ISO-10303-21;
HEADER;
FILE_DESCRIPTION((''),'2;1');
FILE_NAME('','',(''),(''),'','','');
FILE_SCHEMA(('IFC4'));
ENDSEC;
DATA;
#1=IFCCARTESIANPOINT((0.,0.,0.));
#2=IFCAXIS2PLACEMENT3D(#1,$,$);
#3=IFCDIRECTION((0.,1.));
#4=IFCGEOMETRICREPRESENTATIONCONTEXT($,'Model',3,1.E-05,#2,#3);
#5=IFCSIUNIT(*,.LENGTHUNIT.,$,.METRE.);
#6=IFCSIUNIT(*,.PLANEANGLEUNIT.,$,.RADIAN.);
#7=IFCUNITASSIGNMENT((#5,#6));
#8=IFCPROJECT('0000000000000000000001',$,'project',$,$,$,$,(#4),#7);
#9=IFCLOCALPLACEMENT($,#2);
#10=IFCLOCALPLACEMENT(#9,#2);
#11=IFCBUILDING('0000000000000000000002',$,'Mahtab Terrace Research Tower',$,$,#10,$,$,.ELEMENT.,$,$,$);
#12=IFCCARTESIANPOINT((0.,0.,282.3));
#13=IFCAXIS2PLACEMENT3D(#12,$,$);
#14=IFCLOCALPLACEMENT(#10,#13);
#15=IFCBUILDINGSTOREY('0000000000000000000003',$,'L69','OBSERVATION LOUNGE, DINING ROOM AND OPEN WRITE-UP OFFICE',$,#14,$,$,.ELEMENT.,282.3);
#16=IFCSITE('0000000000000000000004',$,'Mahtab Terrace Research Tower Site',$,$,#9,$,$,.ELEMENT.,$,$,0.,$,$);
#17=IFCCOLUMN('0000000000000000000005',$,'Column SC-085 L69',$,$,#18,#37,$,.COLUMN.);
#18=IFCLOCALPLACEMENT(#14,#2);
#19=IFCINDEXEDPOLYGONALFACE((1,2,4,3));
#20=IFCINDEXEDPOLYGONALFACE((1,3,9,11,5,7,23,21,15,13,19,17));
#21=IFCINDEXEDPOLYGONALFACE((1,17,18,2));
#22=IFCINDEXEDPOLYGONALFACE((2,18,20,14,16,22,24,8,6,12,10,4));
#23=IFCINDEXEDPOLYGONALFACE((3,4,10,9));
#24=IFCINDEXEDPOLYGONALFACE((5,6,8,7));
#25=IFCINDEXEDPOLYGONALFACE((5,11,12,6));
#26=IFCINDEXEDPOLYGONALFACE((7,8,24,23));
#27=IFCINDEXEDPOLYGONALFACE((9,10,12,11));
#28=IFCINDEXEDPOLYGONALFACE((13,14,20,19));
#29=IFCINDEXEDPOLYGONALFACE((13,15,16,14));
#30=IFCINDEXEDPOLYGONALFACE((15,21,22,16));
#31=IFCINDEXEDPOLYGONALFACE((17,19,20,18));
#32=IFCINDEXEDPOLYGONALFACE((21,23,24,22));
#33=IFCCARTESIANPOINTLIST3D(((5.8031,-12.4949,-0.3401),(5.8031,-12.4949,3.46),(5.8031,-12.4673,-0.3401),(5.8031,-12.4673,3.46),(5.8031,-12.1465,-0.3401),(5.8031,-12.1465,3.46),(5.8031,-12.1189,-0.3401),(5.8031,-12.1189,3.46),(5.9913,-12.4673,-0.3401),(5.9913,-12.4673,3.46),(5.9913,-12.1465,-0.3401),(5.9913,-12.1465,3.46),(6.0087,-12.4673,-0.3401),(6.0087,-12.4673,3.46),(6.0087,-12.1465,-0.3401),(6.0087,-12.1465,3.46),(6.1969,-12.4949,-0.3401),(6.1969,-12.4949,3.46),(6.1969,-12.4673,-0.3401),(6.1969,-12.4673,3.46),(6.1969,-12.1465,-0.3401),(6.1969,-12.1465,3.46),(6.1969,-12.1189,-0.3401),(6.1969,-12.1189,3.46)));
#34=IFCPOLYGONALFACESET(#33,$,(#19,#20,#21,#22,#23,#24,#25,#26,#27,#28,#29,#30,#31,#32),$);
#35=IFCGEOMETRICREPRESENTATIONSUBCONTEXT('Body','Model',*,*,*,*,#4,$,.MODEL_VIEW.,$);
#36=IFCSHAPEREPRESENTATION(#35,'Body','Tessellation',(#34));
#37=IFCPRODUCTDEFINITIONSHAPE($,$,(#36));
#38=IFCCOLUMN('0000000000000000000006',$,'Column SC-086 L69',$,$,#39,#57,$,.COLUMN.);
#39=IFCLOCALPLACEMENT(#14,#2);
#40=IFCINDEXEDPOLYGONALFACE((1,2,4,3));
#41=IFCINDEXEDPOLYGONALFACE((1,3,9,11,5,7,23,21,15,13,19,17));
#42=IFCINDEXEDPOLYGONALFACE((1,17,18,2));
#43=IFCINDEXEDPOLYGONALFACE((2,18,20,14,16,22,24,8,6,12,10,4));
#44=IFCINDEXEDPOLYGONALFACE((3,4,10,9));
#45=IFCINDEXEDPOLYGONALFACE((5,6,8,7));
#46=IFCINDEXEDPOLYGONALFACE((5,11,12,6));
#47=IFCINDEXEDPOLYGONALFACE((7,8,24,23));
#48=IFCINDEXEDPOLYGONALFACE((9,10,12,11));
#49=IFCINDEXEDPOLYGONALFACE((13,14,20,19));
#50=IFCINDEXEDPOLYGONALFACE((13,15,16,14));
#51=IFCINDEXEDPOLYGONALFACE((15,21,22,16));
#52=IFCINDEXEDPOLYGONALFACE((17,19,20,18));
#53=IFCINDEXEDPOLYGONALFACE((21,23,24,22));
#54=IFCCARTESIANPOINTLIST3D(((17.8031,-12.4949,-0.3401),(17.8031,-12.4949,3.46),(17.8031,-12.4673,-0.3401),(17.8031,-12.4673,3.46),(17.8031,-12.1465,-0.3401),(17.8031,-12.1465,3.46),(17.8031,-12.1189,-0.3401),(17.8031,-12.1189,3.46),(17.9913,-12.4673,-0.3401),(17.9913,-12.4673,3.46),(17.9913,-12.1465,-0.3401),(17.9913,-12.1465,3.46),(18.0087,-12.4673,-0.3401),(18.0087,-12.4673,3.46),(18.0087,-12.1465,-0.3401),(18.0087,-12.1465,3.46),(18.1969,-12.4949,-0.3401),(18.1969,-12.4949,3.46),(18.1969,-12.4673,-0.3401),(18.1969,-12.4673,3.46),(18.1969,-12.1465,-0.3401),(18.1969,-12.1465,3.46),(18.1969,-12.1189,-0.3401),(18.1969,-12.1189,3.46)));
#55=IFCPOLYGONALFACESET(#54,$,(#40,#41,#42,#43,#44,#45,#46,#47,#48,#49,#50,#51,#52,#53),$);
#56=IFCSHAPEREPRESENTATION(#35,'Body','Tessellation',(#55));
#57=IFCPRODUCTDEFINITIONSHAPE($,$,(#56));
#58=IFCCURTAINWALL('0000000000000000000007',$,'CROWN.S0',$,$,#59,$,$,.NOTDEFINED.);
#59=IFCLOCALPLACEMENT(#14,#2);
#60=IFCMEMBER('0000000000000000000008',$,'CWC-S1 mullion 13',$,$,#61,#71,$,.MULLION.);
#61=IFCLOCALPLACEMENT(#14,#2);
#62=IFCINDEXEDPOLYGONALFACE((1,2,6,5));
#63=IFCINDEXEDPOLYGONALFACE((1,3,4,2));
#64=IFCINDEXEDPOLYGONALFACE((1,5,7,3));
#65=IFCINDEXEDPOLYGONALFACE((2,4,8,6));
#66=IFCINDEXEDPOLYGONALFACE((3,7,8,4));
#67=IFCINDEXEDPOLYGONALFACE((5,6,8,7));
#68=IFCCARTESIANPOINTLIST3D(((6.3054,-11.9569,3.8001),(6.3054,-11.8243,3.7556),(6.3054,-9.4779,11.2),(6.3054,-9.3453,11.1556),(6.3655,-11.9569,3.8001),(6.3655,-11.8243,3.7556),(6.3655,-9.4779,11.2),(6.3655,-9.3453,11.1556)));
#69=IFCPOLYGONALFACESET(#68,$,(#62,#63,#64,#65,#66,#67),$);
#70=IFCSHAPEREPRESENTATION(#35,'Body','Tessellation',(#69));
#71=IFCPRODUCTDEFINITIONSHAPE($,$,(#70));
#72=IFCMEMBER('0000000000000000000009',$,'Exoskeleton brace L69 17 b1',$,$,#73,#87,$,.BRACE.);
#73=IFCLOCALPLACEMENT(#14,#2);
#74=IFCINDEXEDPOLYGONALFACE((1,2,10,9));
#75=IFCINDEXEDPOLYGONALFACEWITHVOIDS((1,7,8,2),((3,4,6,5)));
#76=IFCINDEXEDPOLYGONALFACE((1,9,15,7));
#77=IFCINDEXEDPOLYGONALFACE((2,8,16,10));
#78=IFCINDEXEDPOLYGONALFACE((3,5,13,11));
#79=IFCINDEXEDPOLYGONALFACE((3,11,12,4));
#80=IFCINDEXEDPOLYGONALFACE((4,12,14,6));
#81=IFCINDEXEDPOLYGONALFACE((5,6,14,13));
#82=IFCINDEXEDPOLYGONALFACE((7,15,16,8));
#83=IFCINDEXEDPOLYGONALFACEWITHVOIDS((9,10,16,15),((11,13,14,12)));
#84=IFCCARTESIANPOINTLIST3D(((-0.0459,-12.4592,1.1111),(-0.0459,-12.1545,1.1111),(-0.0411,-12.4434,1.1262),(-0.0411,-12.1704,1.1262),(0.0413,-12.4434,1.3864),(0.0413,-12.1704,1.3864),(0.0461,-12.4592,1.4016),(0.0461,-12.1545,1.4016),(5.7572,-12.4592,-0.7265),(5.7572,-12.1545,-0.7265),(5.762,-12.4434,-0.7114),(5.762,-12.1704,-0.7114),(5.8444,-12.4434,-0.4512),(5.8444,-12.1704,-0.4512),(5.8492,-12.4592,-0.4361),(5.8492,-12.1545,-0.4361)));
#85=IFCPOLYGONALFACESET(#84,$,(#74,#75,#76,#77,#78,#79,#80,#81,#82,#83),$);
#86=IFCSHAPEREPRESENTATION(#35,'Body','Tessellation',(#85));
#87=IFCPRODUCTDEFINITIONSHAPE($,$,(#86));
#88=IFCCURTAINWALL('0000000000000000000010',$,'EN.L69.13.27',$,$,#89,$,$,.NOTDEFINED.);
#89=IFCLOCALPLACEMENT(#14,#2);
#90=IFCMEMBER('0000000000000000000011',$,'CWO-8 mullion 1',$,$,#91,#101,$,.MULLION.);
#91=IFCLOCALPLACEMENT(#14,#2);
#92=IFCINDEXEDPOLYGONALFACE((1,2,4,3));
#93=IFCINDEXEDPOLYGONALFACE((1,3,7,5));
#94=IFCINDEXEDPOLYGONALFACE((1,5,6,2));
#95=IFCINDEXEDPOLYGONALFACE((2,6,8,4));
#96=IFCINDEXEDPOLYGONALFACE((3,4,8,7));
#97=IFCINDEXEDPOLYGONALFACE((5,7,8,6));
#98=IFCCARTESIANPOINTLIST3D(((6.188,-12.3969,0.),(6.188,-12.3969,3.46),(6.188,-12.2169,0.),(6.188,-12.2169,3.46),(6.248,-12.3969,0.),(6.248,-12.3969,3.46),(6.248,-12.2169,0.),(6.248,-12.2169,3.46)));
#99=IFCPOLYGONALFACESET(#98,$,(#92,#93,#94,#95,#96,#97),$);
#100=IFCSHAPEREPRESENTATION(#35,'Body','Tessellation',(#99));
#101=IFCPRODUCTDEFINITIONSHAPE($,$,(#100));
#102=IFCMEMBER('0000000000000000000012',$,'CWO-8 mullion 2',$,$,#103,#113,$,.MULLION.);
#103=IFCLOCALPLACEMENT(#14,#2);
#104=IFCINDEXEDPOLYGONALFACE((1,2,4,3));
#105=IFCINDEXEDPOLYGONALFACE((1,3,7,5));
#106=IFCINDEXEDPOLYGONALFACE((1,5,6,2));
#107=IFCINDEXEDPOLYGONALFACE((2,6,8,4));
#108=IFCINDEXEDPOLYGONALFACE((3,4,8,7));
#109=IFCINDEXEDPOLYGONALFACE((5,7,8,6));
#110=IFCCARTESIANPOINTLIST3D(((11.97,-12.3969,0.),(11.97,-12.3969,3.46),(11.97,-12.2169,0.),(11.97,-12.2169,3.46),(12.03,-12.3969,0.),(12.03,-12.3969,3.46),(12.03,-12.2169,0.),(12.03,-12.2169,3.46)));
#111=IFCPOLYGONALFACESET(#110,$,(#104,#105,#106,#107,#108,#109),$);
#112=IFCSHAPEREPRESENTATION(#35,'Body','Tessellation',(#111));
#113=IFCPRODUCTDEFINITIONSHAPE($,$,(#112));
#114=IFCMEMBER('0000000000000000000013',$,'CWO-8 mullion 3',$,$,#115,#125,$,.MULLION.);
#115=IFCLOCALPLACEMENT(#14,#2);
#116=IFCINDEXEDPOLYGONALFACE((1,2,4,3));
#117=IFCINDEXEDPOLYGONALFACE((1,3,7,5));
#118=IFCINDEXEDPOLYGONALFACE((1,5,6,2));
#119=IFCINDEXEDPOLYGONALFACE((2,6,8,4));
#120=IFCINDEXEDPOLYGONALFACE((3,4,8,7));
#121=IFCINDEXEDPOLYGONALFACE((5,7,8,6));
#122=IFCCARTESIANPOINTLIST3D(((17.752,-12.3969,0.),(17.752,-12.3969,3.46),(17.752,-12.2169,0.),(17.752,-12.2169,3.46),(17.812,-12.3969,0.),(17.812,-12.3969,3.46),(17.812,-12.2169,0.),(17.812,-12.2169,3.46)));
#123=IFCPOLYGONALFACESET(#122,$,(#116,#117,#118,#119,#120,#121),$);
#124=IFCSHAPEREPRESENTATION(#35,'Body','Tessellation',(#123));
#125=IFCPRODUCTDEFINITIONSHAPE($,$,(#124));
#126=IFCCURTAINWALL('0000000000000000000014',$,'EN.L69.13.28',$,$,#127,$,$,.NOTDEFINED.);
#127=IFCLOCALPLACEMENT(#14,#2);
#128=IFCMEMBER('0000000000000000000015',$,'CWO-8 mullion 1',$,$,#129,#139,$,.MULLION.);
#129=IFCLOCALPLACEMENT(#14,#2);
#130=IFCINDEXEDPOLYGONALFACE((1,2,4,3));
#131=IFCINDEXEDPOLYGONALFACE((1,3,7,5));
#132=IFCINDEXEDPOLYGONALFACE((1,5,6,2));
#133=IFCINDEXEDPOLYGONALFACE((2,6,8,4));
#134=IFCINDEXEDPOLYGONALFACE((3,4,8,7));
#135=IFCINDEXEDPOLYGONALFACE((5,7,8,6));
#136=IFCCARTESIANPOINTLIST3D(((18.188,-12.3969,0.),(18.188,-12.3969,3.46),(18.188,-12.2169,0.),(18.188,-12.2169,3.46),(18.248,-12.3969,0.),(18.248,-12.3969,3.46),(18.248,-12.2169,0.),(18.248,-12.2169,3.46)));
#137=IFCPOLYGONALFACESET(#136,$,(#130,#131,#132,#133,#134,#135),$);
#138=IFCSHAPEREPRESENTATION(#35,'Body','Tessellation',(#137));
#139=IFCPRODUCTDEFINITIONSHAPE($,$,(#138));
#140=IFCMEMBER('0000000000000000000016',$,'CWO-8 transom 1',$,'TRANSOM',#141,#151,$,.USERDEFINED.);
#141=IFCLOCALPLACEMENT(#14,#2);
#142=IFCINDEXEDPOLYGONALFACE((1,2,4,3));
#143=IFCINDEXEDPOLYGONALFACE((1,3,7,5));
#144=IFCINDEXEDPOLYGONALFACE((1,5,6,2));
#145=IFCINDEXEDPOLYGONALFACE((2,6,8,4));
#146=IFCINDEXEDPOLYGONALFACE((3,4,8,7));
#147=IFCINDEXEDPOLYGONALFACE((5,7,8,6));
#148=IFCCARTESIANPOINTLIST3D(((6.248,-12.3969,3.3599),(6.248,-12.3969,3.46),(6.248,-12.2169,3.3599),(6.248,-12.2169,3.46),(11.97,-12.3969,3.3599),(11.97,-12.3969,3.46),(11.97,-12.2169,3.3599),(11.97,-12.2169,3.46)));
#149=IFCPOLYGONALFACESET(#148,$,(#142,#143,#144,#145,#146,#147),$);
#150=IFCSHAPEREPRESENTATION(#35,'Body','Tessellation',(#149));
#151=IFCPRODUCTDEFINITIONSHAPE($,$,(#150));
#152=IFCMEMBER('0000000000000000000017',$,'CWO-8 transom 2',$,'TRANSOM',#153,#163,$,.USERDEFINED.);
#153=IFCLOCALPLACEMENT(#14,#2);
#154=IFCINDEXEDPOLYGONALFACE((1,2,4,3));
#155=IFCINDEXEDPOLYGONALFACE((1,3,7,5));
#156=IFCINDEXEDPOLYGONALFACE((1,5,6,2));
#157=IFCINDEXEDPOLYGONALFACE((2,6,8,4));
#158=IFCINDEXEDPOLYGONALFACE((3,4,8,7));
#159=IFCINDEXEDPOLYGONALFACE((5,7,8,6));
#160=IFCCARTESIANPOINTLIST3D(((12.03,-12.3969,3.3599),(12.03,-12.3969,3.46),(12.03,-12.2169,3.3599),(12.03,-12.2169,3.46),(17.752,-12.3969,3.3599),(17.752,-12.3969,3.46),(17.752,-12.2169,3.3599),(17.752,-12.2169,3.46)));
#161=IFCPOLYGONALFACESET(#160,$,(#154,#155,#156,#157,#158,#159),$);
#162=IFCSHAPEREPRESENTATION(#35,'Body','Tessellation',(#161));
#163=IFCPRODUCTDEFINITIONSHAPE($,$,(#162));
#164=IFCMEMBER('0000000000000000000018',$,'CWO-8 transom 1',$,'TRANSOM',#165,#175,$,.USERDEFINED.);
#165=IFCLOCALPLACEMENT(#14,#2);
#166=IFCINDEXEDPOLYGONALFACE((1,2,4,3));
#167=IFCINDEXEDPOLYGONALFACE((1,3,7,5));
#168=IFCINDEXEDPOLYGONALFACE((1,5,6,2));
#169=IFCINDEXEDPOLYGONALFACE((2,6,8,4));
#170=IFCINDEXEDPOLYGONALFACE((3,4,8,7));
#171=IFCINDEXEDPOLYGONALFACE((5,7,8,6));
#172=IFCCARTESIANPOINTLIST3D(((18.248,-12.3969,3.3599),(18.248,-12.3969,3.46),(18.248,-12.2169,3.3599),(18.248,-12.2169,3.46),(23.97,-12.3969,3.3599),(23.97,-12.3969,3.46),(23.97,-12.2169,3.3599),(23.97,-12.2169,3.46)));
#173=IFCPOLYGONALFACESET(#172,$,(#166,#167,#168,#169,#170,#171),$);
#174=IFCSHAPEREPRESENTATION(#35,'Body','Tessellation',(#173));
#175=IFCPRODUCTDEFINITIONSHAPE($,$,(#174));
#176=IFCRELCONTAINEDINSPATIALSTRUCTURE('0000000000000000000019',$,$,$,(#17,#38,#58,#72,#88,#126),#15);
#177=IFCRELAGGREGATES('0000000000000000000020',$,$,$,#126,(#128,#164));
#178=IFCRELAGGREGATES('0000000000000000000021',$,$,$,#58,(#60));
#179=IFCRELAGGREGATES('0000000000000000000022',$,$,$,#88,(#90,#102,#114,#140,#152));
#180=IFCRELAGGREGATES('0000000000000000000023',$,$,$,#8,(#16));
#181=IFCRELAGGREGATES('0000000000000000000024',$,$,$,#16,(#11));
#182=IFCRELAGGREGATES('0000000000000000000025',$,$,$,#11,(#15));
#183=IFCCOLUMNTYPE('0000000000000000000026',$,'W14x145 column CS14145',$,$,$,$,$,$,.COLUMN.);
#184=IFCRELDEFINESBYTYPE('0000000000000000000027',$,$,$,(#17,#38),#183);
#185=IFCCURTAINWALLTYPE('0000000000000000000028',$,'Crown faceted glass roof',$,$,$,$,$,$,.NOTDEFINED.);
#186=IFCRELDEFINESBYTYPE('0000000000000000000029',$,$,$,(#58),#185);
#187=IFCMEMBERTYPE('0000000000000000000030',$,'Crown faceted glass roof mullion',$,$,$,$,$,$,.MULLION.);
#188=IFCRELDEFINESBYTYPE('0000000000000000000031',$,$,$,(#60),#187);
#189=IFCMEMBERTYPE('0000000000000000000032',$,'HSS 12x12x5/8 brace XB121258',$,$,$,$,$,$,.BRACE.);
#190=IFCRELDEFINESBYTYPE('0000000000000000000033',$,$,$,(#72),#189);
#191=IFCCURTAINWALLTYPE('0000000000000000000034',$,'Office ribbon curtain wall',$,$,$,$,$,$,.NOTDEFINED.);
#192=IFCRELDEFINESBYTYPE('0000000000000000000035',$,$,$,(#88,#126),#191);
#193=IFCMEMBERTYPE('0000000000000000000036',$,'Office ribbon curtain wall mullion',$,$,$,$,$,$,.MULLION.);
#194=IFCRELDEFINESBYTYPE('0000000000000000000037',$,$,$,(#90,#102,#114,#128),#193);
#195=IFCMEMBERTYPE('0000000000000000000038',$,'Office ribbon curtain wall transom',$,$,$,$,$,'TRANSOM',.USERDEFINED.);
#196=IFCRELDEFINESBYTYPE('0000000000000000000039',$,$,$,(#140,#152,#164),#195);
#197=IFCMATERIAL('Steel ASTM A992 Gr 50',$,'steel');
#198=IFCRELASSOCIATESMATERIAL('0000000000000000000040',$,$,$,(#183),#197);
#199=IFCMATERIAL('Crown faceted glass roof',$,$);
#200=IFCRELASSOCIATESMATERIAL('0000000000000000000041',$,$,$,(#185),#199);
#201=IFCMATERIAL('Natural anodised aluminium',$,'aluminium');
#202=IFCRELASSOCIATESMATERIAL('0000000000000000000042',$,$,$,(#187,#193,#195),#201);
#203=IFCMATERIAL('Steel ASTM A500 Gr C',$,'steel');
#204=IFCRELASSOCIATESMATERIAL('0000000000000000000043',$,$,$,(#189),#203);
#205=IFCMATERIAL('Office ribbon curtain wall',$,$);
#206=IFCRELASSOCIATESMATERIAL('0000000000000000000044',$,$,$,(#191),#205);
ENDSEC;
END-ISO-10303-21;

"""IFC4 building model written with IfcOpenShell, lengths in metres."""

from ifc_helpers import new_model, si_unit, direction, frame, origin, origin_2d, place, context, subcontext, project, spatial, rectangle, hollow_rectangle, i_section, extrude, material, material_profile, profile_set, type_object, element, aggregate, save


model = new_model("IFC4")

# Units and contexts
model_context = context("Model", 3, precision=1e-05, world=origin(), true_north=direction((0.0, 1.0)))
body_context = subcontext(model_context, "Body", "Model", "MODEL_VIEW")
ifc_project = project(units=[si_unit("LENGTHUNIT", "METRE"), si_unit("PLANEANGLEUNIT", "RADIAN")], contexts=[model_context])

# Site, building, storey
site_placement = place(None, origin())
site = spatial("IfcSite", under=ifc_project, at=site_placement, Name="Mahtab Terrace Research Tower Site", CompositionType="ELEMENT", RefElevation=0.0)
building_placement = place(site_placement, origin())
building = spatial("IfcBuilding", under=site, at=building_placement, Name="Mahtab Terrace Research Tower", CompositionType="ELEMENT")
storey_placement = place(building_placement, frame((0.0, 0.0, 282.3)))
storey = spatial("IfcBuildingStorey", under=building, at=storey_placement, Name="L69", Description="OBSERVATION LOUNGE, DINING ROOM AND OPEN WRITE-UP OFFICE", CompositionType="ELEMENT", Elevation=282.3)

# Columns
ifc_material_1 = material(Name="Steel ASTM A992 Gr 50", Category="steel")
ifc_material_profile_1 = material_profile(ifc_material_1, i_section(OverallWidth=0.3938, OverallDepth=0.376, WebThickness=0.0173, FlangeThickness=0.0276, at=origin_2d()), Name="W14X145")
ifc_profile_set_1 = profile_set([ifc_material_profile_1], Name="Steel ASTM A992 Gr 50")
column_type = type_object("IfcColumnType", Name="W14x145 column CS14145", PredefinedType="COLUMN", material=ifc_profile_set_1)
for number, where, z_axis, x_axis, name in (
    (1, (6.0, -12.3069, -0.3401), (0.0, 0.0, 1.0), (1.0, 0.0, 0.0), "Column SC-085 L69"),
    (2, (18.0, -12.3069, -0.3401), (0.0, 0.0, 1.0), (1.0, 0.0, 0.0), "Column SC-086 L69"),
):
    element("IfcColumn", number, at=place(storey_placement, frame(where, z_axis=z_axis, x_axis=x_axis)), inside=storey, type_object=column_type, Name=name, PredefinedType="COLUMN", context=body_context, shape_type="SweptSolid", body=[
        extrude(i_section(OverallWidth=0.3938, OverallDepth=0.376, WebThickness=0.0173, FlangeThickness=0.0276, at=origin_2d()), origin(), (0.0, 0.0, 1.0), 3.8),
    ])

# Curtain wall, member
ifc_material_2 = material(Name="Crown faceted glass roof")
curtain_wall_type_1 = type_object("IfcCurtainWallType", Name="Crown faceted glass roof", PredefinedType="NOTDEFINED", material=ifc_material_2)
curtain_wall_1_placement = place(storey_placement, origin())
curtain_wall_1 = element("IfcCurtainWall", 3, at=curtain_wall_1_placement, inside=storey, type_object=curtain_wall_type_1, Name="CROWN.S0", PredefinedType="NOTDEFINED")
ifc_material_3 = material(Name="Natural anodised aluminium", Category="aluminium")
ifc_material_profile_2 = material_profile(ifc_material_3, rectangle(XDim=0.0601, YDim=0.1399, at=origin_2d()), Name="MULLION 60x140")
ifc_profile_set_2 = profile_set([ifc_material_profile_2], Name="Natural anodised aluminium")
member_type_1 = type_object("IfcMemberType", Name="Crown faceted glass roof mullion", PredefinedType="MULLION", material=ifc_profile_set_2)
member_1_placement = place(storey_placement, frame((6.3354, -11.8906, 3.7778), z_axis=(0.0, 0.317654, 0.948207), x_axis=(-1.0, 0.0, 0.0)))
member_1 = element("IfcMember", 4, at=member_1_placement, type_object=member_type_1, Name="CWC-S1 mullion 13", PredefinedType="MULLION", context=body_context, shape_type="SweptSolid", body=[
    extrude(rectangle(XDim=0.0601, YDim=0.1399, at=origin_2d()), origin(), (0.0, 0.0, 1.0), 7.8042),
])

# Member
ifc_material_4 = material(Name="Steel ASTM A500 Gr C", Category="steel")
ifc_material_profile_3 = material_profile(ifc_material_4, hollow_rectangle(XDim=0.3047, YDim=0.3047, WallThickness=0.0159, at=origin_2d()), Name="HSS12X12X5/8")
ifc_profile_set_3 = profile_set([ifc_material_profile_3], Name="Steel ASTM A500 Gr C")
member_type_2 = type_object("IfcMemberType", Name="HSS 12x12x5/8 brace XB121258", PredefinedType="BRACE", material=ifc_profile_set_3)
member_2_placement = place(storey_placement, frame((5.8032, -12.3069, -0.5813), z_axis=(-0.953344, 0.0, 0.301886), x_axis=(0.0, -1.0, 0.0)))
element("IfcMember", 5, at=member_2_placement, inside=storey, type_object=member_type_2, Name="Exoskeleton brace L69 17 b1", PredefinedType="BRACE", context=body_context, shape_type="SweptSolid", body=[
    extrude(hollow_rectangle(XDim=0.3047, YDim=0.3047, WallThickness=0.0159, at=origin_2d()), origin(), (0.0, 0.0, 1.0), 6.0872),
])

# Curtain wall, members
ifc_material_5 = material(Name="Office ribbon curtain wall")
curtain_wall_type_2 = type_object("IfcCurtainWallType", Name="Office ribbon curtain wall", PredefinedType="NOTDEFINED", material=ifc_material_5)
curtain_wall_2_placement = place(storey_placement, origin())
curtain_wall_2 = element("IfcCurtainWall", 6, at=curtain_wall_2_placement, inside=storey, type_object=curtain_wall_type_2, Name="EN.L69.13.27", PredefinedType="NOTDEFINED")
ifc_material_profile_4 = material_profile(ifc_material_3, rectangle(XDim=0.1799, YDim=0.0601, at=origin_2d()), Name="MULLION 60x180")
ifc_profile_set_4 = profile_set([ifc_material_profile_4], Name="Natural anodised aluminium")
member_type_3 = type_object("IfcMemberType", Name="Office ribbon curtain wall mullion", PredefinedType="MULLION", material=ifc_profile_set_4)
member_3_placement = place(storey_placement, frame((6.218, -12.3069, 0.0), z_axis=(0.0, 0.0, 1.0), x_axis=(0.0, 1.0, 0.0)))
member_3 = element("IfcMember", 7, at=member_3_placement, type_object=member_type_3, Name="CWO-8 mullion 1", PredefinedType="MULLION", context=body_context, shape_type="SweptSolid", body=[
    extrude(rectangle(XDim=0.1799, YDim=0.0601, at=origin_2d()), origin(), (0.0, 0.0, 1.0), 3.46),
])
member_4_placement = place(storey_placement, frame((12.0, -12.3069, 0.0), z_axis=(0.0, 0.0, 1.0), x_axis=(0.0, 1.0, 0.0)))
member_4 = element("IfcMember", 8, at=member_4_placement, type_object=member_type_3, Name="CWO-8 mullion 2", PredefinedType="MULLION", context=body_context, shape_type="SweptSolid", body=[
    extrude(rectangle(XDim=0.1799, YDim=0.0601, at=origin_2d()), origin(), (0.0, 0.0, 1.0), 3.46),
])
member_5_placement = place(storey_placement, frame((17.782, -12.3069, 0.0), z_axis=(0.0, 0.0, 1.0), x_axis=(0.0, 1.0, 0.0)))
member_5 = element("IfcMember", 9, at=member_5_placement, type_object=member_type_3, Name="CWO-8 mullion 3", PredefinedType="MULLION", context=body_context, shape_type="SweptSolid", body=[
    extrude(rectangle(XDim=0.1799, YDim=0.0601, at=origin_2d()), origin(), (0.0, 0.0, 1.0), 3.46),
])

# Curtain wall, member
curtain_wall_3_placement = place(storey_placement, origin())
curtain_wall_3 = element("IfcCurtainWall", 10, at=curtain_wall_3_placement, inside=storey, type_object=curtain_wall_type_2, Name="EN.L69.13.28", PredefinedType="NOTDEFINED")
member_6_placement = place(storey_placement, frame((18.218, -12.3069, 0.0), z_axis=(0.0, 0.0, 1.0), x_axis=(0.0, 1.0, 0.0)))
member_6 = element("IfcMember", 11, at=member_6_placement, type_object=member_type_3, Name="CWO-8 mullion 1", PredefinedType="MULLION", context=body_context, shape_type="SweptSolid", body=[
    extrude(rectangle(XDim=0.1799, YDim=0.0601, at=origin_2d()), origin(), (0.0, 0.0, 1.0), 3.46),
])

# Members
ifc_material_profile_5 = material_profile(ifc_material_3, rectangle(XDim=0.1799, YDim=0.1001, at=origin_2d()), Name="TRANSOM 100x180")
ifc_profile_set_5 = profile_set([ifc_material_profile_5], Name="Natural anodised aluminium")
member_type_4 = type_object("IfcMemberType", Name="Office ribbon curtain wall transom", ElementType="TRANSOM", PredefinedType="USERDEFINED", material=ifc_profile_set_5)
member_7_placement = place(storey_placement, frame((6.248, -12.3069, 3.4099), z_axis=(1.0, 0.0, 0.0), x_axis=(0.0, 1.0, 0.0)))
member_7 = element("IfcMember", 12, at=member_7_placement, type_object=member_type_4, Name="CWO-8 transom 1", ObjectType="TRANSOM", PredefinedType="USERDEFINED", context=body_context, shape_type="SweptSolid", body=[
    extrude(rectangle(XDim=0.1799, YDim=0.1001, at=origin_2d()), origin(), (0.0, 0.0, 1.0), 5.7219),
])
member_8_placement = place(storey_placement, frame((12.03, -12.3069, 3.4099), z_axis=(1.0, 0.0, 0.0), x_axis=(0.0, 1.0, 0.0)))
member_8 = element("IfcMember", 13, at=member_8_placement, type_object=member_type_4, Name="CWO-8 transom 2", ObjectType="TRANSOM", PredefinedType="USERDEFINED", context=body_context, shape_type="SweptSolid", body=[
    extrude(rectangle(XDim=0.1799, YDim=0.1001, at=origin_2d()), origin(), (0.0, 0.0, 1.0), 5.7219),
])
member_9_placement = place(storey_placement, frame((18.248, -12.3069, 3.4099), z_axis=(1.0, 0.0, 0.0), x_axis=(0.0, 1.0, 0.0)))
member_9 = element("IfcMember", 14, at=member_9_placement, type_object=member_type_4, Name="CWO-8 transom 1", ObjectType="TRANSOM", PredefinedType="USERDEFINED", context=body_context, shape_type="SweptSolid", body=[
    extrude(rectangle(XDim=0.1799, YDim=0.1001, at=origin_2d()), origin(), (0.0, 0.0, 1.0), 5.7219),
])
aggregate(curtain_wall_3, [member_6, member_9])

aggregate(curtain_wall_1, [member_1])
aggregate(curtain_wall_2, [member_3, member_4, member_5, member_7, member_8])

save(model, "model.ifc")
